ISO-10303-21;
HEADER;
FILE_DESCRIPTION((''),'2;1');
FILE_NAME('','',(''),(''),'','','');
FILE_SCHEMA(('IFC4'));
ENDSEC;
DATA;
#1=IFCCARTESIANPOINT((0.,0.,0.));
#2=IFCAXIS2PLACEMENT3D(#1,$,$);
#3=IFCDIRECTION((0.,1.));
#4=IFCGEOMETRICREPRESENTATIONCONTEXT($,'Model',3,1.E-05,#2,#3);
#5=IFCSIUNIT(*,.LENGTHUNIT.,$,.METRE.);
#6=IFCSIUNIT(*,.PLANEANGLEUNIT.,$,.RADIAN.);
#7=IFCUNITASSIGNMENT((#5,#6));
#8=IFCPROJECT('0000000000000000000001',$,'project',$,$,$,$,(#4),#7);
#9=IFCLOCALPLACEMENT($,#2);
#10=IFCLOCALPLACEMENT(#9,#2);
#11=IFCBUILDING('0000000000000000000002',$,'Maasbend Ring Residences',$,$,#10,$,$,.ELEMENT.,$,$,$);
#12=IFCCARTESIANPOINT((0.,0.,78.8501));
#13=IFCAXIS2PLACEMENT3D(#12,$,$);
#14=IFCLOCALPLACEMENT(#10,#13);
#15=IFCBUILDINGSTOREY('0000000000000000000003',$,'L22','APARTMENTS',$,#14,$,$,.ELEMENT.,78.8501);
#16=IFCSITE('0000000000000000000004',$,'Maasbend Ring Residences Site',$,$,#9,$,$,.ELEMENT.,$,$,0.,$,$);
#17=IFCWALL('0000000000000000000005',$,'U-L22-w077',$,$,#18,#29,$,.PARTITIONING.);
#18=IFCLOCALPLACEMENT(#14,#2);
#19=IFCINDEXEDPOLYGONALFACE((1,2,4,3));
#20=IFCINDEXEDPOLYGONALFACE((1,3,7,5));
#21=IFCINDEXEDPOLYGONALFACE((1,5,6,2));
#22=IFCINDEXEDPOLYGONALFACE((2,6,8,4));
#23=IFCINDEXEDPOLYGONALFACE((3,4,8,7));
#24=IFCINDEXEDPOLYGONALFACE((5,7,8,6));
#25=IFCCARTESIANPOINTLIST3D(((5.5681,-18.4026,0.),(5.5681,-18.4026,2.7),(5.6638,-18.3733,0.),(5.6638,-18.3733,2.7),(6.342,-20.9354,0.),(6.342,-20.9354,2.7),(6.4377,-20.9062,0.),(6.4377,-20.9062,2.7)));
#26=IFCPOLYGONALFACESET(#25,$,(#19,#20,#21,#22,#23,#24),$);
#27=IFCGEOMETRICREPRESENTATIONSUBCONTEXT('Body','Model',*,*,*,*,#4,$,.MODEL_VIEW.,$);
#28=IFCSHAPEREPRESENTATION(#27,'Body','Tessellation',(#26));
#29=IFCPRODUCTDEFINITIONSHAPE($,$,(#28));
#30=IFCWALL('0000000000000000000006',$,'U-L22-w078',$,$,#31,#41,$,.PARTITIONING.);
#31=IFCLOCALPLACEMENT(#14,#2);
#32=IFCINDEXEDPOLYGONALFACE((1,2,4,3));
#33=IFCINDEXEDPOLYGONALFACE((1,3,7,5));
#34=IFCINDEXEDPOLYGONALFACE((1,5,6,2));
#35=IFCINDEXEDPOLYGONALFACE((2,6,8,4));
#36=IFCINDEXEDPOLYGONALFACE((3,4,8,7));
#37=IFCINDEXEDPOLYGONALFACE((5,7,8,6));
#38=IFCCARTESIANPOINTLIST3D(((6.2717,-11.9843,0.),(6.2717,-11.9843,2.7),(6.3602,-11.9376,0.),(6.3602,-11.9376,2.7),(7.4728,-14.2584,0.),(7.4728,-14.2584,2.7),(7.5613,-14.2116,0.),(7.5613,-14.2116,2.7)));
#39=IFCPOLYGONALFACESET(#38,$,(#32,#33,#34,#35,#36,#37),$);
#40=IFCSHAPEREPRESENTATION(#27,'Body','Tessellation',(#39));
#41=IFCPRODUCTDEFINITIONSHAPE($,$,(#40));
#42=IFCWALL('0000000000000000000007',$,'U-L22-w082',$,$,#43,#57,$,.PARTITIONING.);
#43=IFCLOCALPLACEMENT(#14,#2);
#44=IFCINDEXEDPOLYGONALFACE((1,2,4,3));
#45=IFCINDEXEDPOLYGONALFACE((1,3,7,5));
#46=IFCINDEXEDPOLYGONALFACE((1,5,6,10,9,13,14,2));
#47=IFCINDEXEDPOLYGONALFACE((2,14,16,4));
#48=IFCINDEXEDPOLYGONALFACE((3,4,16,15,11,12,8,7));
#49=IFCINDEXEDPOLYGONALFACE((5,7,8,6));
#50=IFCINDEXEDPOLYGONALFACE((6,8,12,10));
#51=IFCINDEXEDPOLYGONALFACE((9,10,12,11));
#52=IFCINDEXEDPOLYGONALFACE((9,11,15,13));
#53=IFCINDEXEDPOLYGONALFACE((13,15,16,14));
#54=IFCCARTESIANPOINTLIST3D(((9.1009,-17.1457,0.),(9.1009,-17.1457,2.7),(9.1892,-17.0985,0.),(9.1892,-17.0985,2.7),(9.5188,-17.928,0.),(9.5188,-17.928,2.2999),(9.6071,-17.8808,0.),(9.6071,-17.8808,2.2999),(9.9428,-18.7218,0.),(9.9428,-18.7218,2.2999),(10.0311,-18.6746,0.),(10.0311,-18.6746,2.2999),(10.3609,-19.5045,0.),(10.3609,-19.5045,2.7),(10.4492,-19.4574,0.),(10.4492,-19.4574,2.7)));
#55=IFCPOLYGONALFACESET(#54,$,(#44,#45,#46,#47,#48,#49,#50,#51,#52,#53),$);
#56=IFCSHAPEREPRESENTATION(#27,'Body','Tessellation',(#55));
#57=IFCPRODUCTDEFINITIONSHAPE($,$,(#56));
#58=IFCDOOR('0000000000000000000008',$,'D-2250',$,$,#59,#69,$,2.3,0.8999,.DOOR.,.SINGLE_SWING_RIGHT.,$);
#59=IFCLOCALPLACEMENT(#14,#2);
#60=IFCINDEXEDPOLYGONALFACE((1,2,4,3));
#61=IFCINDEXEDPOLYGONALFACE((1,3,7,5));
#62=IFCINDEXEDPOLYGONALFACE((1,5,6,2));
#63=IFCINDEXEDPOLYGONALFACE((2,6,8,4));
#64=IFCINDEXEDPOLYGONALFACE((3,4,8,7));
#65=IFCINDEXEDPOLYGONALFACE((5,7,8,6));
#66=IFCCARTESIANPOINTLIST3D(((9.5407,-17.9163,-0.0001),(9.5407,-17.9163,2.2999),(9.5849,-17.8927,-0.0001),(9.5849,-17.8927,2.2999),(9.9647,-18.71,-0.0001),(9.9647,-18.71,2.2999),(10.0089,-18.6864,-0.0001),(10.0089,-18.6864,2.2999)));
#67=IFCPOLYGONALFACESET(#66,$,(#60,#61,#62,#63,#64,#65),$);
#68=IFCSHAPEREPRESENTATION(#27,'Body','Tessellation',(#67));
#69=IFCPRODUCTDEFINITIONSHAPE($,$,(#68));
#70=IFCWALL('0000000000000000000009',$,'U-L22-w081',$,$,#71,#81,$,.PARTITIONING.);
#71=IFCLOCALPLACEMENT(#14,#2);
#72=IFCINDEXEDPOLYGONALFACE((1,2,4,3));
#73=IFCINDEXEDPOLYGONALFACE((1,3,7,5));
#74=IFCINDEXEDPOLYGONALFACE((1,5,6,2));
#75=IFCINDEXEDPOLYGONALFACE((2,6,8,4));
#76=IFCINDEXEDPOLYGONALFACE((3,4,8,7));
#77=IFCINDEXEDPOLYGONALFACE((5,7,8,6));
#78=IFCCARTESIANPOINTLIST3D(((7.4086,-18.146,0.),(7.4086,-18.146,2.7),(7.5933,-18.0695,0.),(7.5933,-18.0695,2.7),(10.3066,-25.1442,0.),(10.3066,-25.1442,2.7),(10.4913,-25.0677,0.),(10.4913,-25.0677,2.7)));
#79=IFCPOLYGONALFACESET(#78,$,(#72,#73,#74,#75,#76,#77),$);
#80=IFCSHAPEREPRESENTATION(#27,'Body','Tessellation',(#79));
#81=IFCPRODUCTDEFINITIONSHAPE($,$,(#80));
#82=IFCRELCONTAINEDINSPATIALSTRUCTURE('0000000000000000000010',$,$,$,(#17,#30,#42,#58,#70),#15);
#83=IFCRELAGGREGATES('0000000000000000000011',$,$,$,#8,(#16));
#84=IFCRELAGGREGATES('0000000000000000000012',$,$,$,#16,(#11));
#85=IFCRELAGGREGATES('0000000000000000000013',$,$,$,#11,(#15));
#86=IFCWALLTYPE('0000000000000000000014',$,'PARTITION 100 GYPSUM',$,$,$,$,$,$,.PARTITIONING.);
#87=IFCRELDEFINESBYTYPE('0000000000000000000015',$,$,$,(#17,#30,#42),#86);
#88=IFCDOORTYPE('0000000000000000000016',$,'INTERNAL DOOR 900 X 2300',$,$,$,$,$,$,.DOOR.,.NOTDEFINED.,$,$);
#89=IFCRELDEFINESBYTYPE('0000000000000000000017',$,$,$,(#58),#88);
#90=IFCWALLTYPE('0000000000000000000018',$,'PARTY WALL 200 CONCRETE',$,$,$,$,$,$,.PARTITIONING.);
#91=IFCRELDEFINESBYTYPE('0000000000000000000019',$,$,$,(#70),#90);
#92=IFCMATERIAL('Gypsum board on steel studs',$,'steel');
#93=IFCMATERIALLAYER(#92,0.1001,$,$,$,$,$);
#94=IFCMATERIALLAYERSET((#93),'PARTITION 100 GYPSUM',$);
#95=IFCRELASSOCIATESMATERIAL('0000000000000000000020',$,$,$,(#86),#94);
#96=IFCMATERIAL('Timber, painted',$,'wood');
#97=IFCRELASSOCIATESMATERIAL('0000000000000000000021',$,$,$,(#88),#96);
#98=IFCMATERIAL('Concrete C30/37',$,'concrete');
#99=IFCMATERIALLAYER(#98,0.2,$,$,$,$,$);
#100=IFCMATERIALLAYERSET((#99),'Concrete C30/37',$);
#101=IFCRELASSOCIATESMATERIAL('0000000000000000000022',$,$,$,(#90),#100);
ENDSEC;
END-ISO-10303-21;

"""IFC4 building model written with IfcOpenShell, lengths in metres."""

from ifc_helpers import new_model, si_unit, direction, frame, frame_2d, origin, place, context, subcontext, project, spatial, rectangle, extrude, material, layer, layer_set, type_object, element, fill, save


model = new_model("IFC4")

# Units and contexts
model_context = context("Model", 3, precision=1e-05, world=origin(), true_north=direction((0.0, 1.0)))
body_context = subcontext(model_context, "Body", "Model", "MODEL_VIEW")
ifc_project = project(units=[si_unit("LENGTHUNIT", "METRE"), si_unit("PLANEANGLEUNIT", "RADIAN")], contexts=[model_context])

# Site, building, storey
site_placement = place(None, origin())
site = spatial("IfcSite", under=ifc_project, at=site_placement, Name="Maasbend Ring Residences Site", CompositionType="ELEMENT", RefElevation=0.0)
building_placement = place(site_placement, origin())
building = spatial("IfcBuilding", under=site, at=building_placement, Name="Maasbend Ring Residences", CompositionType="ELEMENT")
storey_placement = place(building_placement, frame((0.0, 0.0, 78.8501)))
storey = spatial("IfcBuildingStorey", under=building, at=storey_placement, Name="L22", Description="APARTMENTS", CompositionType="ELEMENT", Elevation=78.8501)

# Shared definitions
ifc_material_1 = material(Name="Gypsum board on steel studs", Category="steel")
ifc_layer_1 = layer(ifc_material_1, 0.1001)
ifc_layer_set_1 = layer_set([ifc_layer_1], Name="PARTITION 100 GYPSUM")
wall_type_1 = type_object("IfcWallType", Name="PARTITION 100 GYPSUM", PredefinedType="PARTITIONING", material=ifc_layer_set_1)
ifc_material_2 = material(Name="Timber, painted", Category="wood")
door_type_1 = type_object("IfcDoorType", Name="INTERNAL DOOR 900 X 2300", OperationType="NOTDEFINED", PredefinedType="DOOR", material=ifc_material_2)

# Walls
wall_1_placement = place(storey_placement, frame((5.616, -18.3879, 0.0), z_axis=(0.0, 0.0, 1.0), x_axis=(0.292207, -0.956355, 0.0)))
element("IfcWall", 1, at=wall_1_placement, inside=storey, type_object=wall_type_1, Name="U-L22-w077", PredefinedType="PARTITIONING", context=body_context, shape_type="SweptSolid", body=[
    extrude(rectangle(XDim=2.6484, YDim=0.1001, at=frame_2d((1.3242, 0.0))), origin(), (0.0, 0.0, 1.0), 2.7),
])
wall_2_placement = place(storey_placement, frame((6.3159, -11.9609, 0.0), z_axis=(0.0, 0.0, 1.0), x_axis=(0.467037, -0.884238, 0.0)))
element("IfcWall", 2, at=wall_2_placement, inside=storey, type_object=wall_type_1, Name="U-L22-w078", PredefinedType="PARTITIONING", context=body_context, shape_type="SweptSolid", body=[
    extrude(rectangle(XDim=2.5718, YDim=0.1001, at=frame_2d((1.2859, 0.0))), origin(), (0.0, 0.0, 1.0), 2.7),
])

# Wall, opening, door
wall_3_placement = place(storey_placement, frame((9.145, -17.1221, 0.0), z_axis=(0.0, 0.0, 1.0), x_axis=(0.471152, -0.882052, 0.0)))
wall_3 = element("IfcWall", 3, at=wall_3_placement, inside=storey, type_object=wall_type_1, Name="U-L22-w082", PredefinedType="PARTITIONING", context=body_context, shape_type="SweptSolid", body=[
    extrude(rectangle(XDim=2.6743, YDim=0.1001, at=frame_2d((1.3372, 0.0))), origin(), (0.0, 0.0, 1.0), 2.7),
])
opening_1_placement = place(wall_3_placement, frame((0.887, 0.0, 0.0)))
opening_1 = element("IfcOpeningElement", 4, at=opening_1_placement, cuts=wall_3, PredefinedType="OPENING", context=body_context, shape_type="SweptSolid", body=[
    extrude(rectangle(XDim=0.8999, YDim=2.3, at=frame_2d((0.45, 1.1499))), frame((0.0, 0.0601, 0.0), z_axis=(0.0, -1.0, 0.0), x_axis=(1.0, 0.0, 0.0)), (0.0, 0.0, 1.0), 0.1201),
])
door_1_placement = place(opening_1_placement, origin())
door_1 = element("IfcDoor", 5, at=door_1_placement, inside=storey, type_object=door_type_1, Name="D-2250", OperationType="SINGLE_SWING_RIGHT", OverallHeight=2.3, OverallWidth=0.8999, PredefinedType="DOOR", context=body_context, shape_type="SweptSolid", body=[
    extrude(rectangle(XDim=0.8999, YDim=2.3, at=frame_2d((0.45, 1.1499))), frame((0.0, 0.0249, 0.0), z_axis=(0.0, -1.0, 0.0), x_axis=(1.0, 0.0, 0.0)), (0.0, 0.0, 1.0), 0.05),
])
fill(opening_1, door_1)

# Wall
ifc_material_3 = material(Name="Concrete C30/37", Category="concrete")
ifc_layer_2 = layer(ifc_material_3, 0.2)
ifc_layer_set_2 = layer_set([ifc_layer_2], Name="Concrete C30/37")
wall_type_2 = type_object("IfcWallType", Name="PARTY WALL 200 CONCRETE", PredefinedType="PARTITIONING", material=ifc_layer_set_2)
wall_4_placement = place(storey_placement, frame((7.501, -18.1079, 0.0), z_axis=(0.0, 0.0, 1.0), x_axis=(0.3826, -0.923914, 0.0)))
element("IfcWall", 6, at=wall_4_placement, inside=storey, type_object=wall_type_2, Name="U-L22-w081", PredefinedType="PARTITIONING", context=body_context, shape_type="SweptSolid", body=[
    extrude(rectangle(XDim=7.5745, YDim=0.2, at=frame_2d((3.7871, 0.0))), origin(), (0.0, 0.0, 1.0), 2.7),
])

save(model, "model.ifc")
